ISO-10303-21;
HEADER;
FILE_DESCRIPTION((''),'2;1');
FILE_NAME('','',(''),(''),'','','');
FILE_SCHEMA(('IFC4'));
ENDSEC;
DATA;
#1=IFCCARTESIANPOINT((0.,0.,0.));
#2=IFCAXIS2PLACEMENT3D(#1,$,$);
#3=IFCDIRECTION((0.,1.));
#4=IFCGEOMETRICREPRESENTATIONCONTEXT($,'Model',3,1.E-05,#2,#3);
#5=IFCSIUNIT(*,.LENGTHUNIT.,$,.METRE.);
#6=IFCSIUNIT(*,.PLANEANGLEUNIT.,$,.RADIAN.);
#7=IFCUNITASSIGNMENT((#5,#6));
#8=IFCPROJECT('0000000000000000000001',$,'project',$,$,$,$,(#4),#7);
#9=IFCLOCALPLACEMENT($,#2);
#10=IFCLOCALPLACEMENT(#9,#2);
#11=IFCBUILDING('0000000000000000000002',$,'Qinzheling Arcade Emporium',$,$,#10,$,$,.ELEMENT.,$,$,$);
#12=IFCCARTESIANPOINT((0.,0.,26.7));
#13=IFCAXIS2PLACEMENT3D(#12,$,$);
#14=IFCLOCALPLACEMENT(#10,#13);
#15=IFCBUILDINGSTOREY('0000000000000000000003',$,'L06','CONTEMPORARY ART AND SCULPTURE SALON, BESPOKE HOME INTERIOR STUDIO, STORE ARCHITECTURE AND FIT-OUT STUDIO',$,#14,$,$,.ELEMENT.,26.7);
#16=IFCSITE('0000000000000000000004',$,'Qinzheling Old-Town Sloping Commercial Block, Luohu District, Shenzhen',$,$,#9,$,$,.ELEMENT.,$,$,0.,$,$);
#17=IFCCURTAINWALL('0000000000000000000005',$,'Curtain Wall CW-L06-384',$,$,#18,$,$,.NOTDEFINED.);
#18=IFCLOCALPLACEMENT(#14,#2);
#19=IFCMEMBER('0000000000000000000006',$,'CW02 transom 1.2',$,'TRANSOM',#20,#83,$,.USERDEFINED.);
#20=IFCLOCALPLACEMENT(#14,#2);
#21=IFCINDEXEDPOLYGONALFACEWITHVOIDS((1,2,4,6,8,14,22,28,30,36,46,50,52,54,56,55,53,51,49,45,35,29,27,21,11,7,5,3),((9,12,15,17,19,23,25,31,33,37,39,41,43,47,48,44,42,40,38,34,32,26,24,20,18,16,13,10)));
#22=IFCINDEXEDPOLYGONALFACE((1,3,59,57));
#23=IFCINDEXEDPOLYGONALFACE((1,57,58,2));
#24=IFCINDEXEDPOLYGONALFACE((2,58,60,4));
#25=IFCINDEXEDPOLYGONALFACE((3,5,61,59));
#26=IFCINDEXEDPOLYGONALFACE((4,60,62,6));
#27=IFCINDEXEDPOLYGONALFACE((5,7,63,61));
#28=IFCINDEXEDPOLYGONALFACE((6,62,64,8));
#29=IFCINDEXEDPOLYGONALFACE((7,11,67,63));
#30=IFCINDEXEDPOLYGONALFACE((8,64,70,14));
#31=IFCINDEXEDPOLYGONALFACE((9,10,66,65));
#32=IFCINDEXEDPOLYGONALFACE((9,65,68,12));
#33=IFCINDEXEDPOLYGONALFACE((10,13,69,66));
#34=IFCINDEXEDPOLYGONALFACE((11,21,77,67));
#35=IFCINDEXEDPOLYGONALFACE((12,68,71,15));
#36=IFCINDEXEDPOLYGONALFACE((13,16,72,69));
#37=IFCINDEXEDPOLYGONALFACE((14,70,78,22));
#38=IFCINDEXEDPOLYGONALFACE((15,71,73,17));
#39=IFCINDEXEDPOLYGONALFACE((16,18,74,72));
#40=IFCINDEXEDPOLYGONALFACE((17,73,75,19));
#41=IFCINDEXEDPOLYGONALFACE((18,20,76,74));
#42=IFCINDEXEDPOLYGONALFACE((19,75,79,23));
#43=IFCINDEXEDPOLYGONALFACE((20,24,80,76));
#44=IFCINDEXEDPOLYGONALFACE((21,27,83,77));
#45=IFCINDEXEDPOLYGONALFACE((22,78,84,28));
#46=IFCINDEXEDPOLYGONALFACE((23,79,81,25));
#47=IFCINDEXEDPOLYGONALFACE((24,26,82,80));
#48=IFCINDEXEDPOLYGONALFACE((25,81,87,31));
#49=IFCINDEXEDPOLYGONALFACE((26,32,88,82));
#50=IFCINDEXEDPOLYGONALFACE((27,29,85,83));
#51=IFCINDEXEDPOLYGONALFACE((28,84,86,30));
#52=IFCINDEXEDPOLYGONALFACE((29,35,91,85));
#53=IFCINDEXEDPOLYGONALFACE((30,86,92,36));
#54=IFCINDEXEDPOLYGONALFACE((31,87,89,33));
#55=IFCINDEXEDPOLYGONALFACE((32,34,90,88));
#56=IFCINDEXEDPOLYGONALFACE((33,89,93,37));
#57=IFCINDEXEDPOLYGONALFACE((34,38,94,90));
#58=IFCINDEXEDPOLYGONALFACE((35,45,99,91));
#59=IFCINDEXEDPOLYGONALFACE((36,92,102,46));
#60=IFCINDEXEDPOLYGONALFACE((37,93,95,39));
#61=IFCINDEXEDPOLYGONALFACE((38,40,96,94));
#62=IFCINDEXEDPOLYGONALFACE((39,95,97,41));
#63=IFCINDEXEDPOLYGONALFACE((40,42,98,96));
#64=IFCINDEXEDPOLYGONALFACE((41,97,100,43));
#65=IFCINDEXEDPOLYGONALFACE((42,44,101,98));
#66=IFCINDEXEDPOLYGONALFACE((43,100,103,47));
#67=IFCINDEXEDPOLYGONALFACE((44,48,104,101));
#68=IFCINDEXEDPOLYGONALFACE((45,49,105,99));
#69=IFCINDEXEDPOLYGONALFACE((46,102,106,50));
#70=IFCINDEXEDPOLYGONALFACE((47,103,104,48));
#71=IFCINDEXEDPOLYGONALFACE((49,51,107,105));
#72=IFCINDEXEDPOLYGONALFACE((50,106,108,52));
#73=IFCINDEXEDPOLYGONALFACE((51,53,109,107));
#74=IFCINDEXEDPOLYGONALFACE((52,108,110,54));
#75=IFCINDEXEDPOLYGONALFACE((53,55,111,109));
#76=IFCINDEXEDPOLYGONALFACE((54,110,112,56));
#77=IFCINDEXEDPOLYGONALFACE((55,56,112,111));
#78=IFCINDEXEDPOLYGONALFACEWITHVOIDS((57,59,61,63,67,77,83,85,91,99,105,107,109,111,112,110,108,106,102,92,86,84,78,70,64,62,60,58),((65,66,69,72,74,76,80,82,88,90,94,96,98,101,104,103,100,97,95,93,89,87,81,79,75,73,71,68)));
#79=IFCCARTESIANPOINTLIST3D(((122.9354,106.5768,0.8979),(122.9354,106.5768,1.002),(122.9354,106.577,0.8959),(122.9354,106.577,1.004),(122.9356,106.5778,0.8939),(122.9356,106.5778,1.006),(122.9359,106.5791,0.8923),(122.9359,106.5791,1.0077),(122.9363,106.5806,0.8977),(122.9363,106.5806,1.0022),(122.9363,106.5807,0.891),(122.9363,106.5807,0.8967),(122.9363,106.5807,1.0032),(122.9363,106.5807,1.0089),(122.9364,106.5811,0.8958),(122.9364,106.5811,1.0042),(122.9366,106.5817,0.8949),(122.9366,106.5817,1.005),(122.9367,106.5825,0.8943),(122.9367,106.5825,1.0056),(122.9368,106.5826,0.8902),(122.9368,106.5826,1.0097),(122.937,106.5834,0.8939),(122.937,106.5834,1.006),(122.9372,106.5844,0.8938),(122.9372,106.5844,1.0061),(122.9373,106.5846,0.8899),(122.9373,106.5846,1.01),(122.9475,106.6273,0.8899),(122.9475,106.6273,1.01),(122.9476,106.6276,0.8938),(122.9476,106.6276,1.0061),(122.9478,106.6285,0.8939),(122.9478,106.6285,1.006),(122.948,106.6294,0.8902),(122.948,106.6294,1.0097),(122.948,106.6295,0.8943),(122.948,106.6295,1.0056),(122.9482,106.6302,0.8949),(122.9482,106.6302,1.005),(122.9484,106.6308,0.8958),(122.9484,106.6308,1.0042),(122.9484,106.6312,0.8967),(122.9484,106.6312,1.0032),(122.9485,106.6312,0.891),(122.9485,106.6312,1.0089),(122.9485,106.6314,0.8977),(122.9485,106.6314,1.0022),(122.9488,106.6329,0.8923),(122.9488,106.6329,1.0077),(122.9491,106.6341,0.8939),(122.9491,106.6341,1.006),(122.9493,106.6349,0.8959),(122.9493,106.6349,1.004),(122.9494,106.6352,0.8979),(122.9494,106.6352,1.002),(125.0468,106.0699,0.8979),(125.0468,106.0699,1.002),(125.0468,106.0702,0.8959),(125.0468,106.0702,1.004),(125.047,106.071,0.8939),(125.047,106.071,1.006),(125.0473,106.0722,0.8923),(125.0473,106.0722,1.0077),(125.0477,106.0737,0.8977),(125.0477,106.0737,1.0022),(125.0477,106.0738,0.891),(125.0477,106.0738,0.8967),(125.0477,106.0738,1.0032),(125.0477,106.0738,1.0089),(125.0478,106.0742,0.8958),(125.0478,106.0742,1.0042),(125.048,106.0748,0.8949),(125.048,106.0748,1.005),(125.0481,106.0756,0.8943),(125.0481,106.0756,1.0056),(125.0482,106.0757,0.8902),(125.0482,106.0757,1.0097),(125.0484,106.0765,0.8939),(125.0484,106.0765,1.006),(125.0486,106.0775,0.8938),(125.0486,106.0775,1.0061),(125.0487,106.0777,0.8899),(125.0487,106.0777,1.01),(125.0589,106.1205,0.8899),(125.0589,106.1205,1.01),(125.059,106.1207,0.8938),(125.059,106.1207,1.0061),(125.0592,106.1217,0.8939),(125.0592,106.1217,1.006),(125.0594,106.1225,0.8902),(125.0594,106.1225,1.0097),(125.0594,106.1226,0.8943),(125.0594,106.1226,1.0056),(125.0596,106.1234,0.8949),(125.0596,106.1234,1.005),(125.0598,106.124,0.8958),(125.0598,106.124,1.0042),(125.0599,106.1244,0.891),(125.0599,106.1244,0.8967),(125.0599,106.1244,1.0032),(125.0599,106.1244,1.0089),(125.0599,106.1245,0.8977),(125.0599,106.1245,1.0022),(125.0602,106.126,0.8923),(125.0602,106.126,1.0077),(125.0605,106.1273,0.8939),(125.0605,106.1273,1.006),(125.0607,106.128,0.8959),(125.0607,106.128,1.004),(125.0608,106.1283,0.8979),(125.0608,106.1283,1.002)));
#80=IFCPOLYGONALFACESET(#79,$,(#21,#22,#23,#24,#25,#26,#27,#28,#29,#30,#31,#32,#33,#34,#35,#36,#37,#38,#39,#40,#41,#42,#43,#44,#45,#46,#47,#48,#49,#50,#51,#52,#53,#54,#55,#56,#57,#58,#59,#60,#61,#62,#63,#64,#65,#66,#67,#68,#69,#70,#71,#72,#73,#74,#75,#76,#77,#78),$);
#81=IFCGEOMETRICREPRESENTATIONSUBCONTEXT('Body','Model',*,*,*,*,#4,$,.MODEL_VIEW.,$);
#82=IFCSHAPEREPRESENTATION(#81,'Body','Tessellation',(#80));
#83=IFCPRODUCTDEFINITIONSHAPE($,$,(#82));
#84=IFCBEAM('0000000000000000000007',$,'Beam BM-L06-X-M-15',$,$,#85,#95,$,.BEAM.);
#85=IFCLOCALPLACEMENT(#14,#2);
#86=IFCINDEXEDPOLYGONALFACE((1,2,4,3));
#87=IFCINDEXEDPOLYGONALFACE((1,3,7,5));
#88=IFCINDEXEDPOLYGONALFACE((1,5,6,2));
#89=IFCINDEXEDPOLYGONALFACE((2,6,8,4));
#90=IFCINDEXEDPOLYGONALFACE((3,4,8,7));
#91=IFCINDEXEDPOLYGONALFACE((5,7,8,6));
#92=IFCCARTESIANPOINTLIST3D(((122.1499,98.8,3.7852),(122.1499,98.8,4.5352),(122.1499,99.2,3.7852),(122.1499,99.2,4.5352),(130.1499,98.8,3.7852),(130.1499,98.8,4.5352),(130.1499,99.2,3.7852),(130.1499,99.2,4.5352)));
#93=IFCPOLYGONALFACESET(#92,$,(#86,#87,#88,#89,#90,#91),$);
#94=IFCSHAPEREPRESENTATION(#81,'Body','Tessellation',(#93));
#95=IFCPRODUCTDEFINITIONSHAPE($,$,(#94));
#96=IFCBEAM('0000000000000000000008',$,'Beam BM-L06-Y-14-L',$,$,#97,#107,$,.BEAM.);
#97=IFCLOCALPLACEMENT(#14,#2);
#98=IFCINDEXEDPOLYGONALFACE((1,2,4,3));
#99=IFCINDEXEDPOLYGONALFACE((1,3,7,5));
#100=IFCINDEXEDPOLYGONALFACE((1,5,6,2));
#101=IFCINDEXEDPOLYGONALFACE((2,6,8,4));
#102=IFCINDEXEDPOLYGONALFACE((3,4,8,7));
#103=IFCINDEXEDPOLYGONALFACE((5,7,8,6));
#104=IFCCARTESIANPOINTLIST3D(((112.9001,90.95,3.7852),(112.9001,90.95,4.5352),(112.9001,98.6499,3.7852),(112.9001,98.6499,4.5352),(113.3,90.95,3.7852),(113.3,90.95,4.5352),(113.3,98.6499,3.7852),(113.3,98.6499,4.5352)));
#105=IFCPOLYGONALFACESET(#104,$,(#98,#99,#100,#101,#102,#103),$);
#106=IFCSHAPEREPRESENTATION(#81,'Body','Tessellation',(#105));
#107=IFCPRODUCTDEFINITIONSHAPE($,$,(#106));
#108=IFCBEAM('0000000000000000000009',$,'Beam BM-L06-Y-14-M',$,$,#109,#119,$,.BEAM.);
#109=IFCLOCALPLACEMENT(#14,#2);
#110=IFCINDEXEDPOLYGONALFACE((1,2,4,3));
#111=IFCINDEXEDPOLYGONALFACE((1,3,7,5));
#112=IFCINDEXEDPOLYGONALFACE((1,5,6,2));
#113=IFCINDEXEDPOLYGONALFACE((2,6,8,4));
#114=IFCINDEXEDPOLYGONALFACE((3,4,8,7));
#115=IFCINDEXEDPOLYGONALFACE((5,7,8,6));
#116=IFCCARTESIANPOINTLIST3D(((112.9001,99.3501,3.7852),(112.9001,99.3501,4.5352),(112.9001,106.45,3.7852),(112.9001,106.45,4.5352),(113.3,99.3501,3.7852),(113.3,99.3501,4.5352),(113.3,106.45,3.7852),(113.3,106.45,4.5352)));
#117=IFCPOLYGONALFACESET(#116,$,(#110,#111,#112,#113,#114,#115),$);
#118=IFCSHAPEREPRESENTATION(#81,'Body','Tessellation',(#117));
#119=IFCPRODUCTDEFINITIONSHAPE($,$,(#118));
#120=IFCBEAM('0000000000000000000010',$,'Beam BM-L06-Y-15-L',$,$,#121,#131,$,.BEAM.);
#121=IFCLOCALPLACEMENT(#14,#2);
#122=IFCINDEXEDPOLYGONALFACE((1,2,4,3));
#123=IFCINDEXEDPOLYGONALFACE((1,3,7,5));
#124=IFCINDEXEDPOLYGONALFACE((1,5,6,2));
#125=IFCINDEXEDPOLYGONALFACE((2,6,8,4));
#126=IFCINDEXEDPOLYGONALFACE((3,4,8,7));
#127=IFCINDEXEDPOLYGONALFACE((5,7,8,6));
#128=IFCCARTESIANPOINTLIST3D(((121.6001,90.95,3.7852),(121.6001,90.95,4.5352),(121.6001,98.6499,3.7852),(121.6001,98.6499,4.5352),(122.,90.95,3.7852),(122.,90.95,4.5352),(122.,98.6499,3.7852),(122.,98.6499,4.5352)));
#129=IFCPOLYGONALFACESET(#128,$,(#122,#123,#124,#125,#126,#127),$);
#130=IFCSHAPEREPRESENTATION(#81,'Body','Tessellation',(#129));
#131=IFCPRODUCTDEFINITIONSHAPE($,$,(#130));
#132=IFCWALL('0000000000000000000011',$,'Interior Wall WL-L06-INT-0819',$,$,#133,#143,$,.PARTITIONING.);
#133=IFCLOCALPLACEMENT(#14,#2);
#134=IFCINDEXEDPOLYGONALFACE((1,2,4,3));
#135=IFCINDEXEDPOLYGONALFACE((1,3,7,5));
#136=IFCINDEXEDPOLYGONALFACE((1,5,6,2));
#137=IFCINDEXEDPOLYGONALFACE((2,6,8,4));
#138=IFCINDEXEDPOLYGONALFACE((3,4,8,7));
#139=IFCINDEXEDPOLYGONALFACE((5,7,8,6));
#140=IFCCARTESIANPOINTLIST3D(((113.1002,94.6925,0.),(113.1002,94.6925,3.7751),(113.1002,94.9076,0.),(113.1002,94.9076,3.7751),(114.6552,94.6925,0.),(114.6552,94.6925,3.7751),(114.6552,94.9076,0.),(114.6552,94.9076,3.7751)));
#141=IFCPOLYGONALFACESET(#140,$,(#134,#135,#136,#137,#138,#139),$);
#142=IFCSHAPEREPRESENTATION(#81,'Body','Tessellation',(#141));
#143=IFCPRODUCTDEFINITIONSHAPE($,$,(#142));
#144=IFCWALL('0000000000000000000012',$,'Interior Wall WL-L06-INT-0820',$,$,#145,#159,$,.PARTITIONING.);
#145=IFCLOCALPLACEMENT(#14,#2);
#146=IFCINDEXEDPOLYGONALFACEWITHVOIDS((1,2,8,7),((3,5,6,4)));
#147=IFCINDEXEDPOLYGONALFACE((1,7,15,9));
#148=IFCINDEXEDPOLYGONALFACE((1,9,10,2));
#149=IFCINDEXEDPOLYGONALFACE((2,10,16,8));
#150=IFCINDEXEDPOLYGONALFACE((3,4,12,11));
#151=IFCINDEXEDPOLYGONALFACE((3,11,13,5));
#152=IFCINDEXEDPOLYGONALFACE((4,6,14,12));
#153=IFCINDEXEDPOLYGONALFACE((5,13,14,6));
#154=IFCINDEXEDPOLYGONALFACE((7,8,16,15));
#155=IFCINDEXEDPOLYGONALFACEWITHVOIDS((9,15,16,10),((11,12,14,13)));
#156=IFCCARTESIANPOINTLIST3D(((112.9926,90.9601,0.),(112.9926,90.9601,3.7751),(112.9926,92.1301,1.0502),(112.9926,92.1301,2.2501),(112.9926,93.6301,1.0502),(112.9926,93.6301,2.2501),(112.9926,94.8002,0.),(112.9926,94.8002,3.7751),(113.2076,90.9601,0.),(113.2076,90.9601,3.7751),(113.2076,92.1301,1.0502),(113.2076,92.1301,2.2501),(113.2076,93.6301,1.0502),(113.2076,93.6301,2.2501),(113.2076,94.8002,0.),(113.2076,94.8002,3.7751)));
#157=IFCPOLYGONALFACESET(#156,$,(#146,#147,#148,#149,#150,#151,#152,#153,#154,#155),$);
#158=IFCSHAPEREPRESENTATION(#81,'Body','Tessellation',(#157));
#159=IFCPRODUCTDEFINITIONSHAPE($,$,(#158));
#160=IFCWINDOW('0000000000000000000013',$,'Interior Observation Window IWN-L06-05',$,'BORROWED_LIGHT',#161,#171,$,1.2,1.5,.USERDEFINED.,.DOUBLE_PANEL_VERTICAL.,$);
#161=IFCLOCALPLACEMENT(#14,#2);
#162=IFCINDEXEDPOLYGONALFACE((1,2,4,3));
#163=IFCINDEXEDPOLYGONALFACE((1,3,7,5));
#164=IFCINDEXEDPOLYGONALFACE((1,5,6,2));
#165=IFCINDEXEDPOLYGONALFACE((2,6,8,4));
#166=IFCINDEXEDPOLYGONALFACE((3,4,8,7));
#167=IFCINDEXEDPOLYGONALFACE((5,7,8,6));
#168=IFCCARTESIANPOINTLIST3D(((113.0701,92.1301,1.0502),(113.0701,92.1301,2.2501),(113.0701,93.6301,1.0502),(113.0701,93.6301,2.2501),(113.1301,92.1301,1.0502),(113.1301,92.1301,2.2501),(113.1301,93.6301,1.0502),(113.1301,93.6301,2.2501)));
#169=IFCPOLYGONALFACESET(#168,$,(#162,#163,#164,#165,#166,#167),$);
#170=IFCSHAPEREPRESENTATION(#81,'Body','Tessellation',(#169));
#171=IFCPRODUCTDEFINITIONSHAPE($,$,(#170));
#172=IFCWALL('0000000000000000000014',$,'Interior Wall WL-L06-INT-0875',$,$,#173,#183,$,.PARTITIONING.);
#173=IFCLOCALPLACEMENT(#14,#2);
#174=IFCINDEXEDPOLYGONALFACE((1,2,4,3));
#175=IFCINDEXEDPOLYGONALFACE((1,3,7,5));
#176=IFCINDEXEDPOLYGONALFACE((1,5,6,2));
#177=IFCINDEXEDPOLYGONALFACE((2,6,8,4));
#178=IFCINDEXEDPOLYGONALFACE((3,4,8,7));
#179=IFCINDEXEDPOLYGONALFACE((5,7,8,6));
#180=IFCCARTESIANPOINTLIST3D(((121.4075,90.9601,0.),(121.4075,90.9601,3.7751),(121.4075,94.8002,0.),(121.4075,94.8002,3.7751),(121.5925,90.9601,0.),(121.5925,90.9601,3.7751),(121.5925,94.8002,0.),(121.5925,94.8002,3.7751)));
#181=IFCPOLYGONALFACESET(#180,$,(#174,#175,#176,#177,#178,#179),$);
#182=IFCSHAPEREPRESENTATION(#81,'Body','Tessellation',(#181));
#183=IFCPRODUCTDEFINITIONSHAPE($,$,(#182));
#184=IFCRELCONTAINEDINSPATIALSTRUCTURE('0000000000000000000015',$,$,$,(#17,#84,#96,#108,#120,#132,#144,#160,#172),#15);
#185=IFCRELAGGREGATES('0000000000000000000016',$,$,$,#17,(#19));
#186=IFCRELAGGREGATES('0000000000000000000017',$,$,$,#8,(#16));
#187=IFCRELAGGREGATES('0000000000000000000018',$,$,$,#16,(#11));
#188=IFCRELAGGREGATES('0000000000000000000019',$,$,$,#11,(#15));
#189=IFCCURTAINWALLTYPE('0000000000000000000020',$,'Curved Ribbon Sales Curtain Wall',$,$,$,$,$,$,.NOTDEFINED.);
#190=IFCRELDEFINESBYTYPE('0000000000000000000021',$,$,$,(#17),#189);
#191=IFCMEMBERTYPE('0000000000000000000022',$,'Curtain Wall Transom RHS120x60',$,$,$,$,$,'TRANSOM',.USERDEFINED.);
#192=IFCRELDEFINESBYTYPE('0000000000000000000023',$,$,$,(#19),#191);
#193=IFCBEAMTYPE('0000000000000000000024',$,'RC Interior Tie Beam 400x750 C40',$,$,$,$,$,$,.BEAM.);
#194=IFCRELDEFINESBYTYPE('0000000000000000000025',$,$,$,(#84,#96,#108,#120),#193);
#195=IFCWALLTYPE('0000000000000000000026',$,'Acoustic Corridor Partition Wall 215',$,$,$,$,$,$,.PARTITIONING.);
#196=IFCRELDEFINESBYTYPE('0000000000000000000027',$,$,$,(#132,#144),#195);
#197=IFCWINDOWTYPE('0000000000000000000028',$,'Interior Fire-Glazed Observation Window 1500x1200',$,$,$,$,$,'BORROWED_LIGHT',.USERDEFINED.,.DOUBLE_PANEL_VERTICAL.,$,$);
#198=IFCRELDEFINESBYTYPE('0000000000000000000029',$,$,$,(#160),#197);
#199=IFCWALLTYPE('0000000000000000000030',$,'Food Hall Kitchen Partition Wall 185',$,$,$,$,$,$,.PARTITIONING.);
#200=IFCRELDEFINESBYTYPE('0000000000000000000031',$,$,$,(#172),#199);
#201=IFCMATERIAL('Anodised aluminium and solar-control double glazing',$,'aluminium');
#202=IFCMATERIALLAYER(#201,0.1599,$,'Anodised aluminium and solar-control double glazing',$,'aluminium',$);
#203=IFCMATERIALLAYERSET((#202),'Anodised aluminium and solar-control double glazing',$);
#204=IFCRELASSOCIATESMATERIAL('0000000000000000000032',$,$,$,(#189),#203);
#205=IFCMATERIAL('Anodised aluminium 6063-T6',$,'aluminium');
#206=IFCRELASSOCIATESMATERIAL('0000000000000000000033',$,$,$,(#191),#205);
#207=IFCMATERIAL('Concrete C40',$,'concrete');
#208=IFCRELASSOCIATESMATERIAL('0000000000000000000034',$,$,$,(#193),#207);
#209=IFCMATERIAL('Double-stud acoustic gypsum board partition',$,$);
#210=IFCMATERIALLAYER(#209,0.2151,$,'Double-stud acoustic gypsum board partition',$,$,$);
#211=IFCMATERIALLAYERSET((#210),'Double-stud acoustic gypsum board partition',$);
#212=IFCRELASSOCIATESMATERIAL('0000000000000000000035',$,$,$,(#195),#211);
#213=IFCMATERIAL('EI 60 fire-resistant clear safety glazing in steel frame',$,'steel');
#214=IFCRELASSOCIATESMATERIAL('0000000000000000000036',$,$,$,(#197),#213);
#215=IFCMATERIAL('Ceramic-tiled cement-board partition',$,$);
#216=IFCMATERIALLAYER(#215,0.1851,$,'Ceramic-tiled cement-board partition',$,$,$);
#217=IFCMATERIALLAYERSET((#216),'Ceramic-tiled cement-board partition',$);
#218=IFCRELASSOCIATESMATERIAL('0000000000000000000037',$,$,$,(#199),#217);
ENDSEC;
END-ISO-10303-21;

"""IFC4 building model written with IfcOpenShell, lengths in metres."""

from ifc_helpers import new_model, si_unit, direction, frame, frame_2d, origin, origin_2d, place, context, subcontext, project, spatial, rectangle, hollow_rectangle, extrude, material, layer, layer_set, material_profile, profile_set, type_object, element, fill, aggregate, save


model = new_model("IFC4")

# Units and contexts
model_context = context("Model", 3, precision=1e-05, world=origin(), true_north=direction((0.0, 1.0)))
body_context = subcontext(model_context, "Body", "Model", "MODEL_VIEW")
ifc_project = project(units=[si_unit("LENGTHUNIT", "METRE"), si_unit("PLANEANGLEUNIT", "RADIAN")], contexts=[model_context])

# Site, building, storey
site_placement = place(None, origin())
site = spatial("IfcSite", under=ifc_project, at=site_placement, Name="Qinzheling Old-Town Sloping Commercial Block, Luohu District, Shenzhen", CompositionType="ELEMENT", RefElevation=0.0)
building_placement = place(site_placement, origin())
building = spatial("IfcBuilding", under=site, at=building_placement, Name="Qinzheling Arcade Emporium", CompositionType="ELEMENT")
storey_placement = place(building_placement, frame((0.0, 0.0, 26.7)))
storey = spatial("IfcBuildingStorey", under=building, at=storey_placement, Name="L06", Description="CONTEMPORARY ART AND SCULPTURE SALON, BESPOKE HOME INTERIOR STUDIO, STORE ARCHITECTURE AND FIT-OUT STUDIO", CompositionType="ELEMENT", Elevation=26.7)

# Shared definitions
ifc_material_1 = material(Name="Concrete C40", Category="concrete")

# Curtain wall, member
ifc_material_2 = material(Name="Anodised aluminium and solar-control double glazing", Category="aluminium")
ifc_layer_1 = layer(ifc_material_2, 0.1599, Name="Anodised aluminium and solar-control double glazing", Category="aluminium")
ifc_layer_set_1 = layer_set([ifc_layer_1], Name="Anodised aluminium and solar-control double glazing")
curtain_wall_type = type_object("IfcCurtainWallType", Name="Curved Ribbon Sales Curtain Wall", PredefinedType="NOTDEFINED", material=ifc_layer_set_1)
curtain_wall_placement = place(storey_placement, origin())
curtain_wall = element("IfcCurtainWall", 1, at=curtain_wall_placement, inside=storey, type_object=curtain_wall_type, Name="Curtain Wall CW-L06-384", PredefinedType="NOTDEFINED")
ifc_material_3 = material(Name="Anodised aluminium 6063-T6", Category="aluminium")
ifc_material_profile_1 = material_profile(ifc_material_3, hollow_rectangle(XDim=0.0601, YDim=0.1201, WallThickness=0.0039, InnerFilletRadius=0.0039, OuterFilletRadius=0.0081, at=origin_2d()), Name="RHS 120x60x4", Category="aluminium")
ifc_profile_set_1 = profile_set([ifc_material_profile_1], Name="Anodised aluminium 6063-T6")
member_type_1 = type_object("IfcMemberType", Name="Curtain Wall Transom RHS120x60", ElementType="TRANSOM", PredefinedType="USERDEFINED", material=ifc_profile_set_1)
member_1_placement = place(storey_placement, frame((122.9424, 106.606, 0.95), z_axis=(0.972375, -0.233424, 0.0), x_axis=(0.233424, 0.972375, 0.0)))
member_1 = element("IfcMember", 2, at=member_1_placement, type_object=member_type_1, Name="CW02 transom 1.2", ObjectType="TRANSOM", PredefinedType="USERDEFINED", context=body_context, shape_type="SweptSolid", body=[
    extrude(hollow_rectangle(XDim=0.0601, YDim=0.1201, WallThickness=0.0039, InnerFilletRadius=0.0039, OuterFilletRadius=0.0081, at=origin_2d()), origin(), (0.0, 0.0, 1.0), 2.1714),
])
aggregate(curtain_wall, [member_1])

# Beams
ifc_material_profile_2 = material_profile(ifc_material_1, rectangle(XDim=0.3999, YDim=0.75, at=origin_2d()), Name="RC 400x750", Category="concrete")
ifc_profile_set_2 = profile_set([ifc_material_profile_2], Name="Concrete C40")
beam_type = type_object("IfcBeamType", Name="RC Interior Tie Beam 400x750 C40", PredefinedType="BEAM", material=ifc_profile_set_2)
beam_1_placement = place(storey_placement, frame((122.1499, 99.0, 4.1602), z_axis=(1.0, 0.0, 0.0), x_axis=(0.0, 1.0, 0.0)))
element("IfcBeam", 3, at=beam_1_placement, inside=storey, type_object=beam_type, Name="Beam BM-L06-X-M-15", PredefinedType="BEAM", context=body_context, shape_type="SweptSolid", body=[
    extrude(rectangle(XDim=0.3999, YDim=0.75, at=origin_2d()), origin(), (0.0, 0.0, 1.0), 8.0),
])
beam_2_placement = place(storey_placement, frame((113.1001, 90.95, 4.1602), z_axis=(0.0, 1.0, 0.0), x_axis=(-1.0, 0.0, 0.0)))
element("IfcBeam", 4, at=beam_2_placement, inside=storey, type_object=beam_type, Name="Beam BM-L06-Y-14-L", PredefinedType="BEAM", context=body_context, shape_type="SweptSolid", body=[
    extrude(rectangle(XDim=0.3999, YDim=0.75, at=origin_2d()), origin(), (0.0, 0.0, 1.0), 7.7),
])
beam_3_placement = place(storey_placement, frame((113.1001, 99.3501, 4.1602), z_axis=(0.0, 1.0, 0.0), x_axis=(-1.0, 0.0, 0.0)))
element("IfcBeam", 5, at=beam_3_placement, inside=storey, type_object=beam_type, Name="Beam BM-L06-Y-14-M", PredefinedType="BEAM", context=body_context, shape_type="SweptSolid", body=[
    extrude(rectangle(XDim=0.3999, YDim=0.75, at=origin_2d()), origin(), (0.0, 0.0, 1.0), 7.0999),
])
beam_4_placement = place(storey_placement, frame((121.8, 90.95, 4.1602), z_axis=(0.0, 1.0, 0.0), x_axis=(-1.0, 0.0, 0.0)))
element("IfcBeam", 6, at=beam_4_placement, inside=storey, type_object=beam_type, Name="Beam BM-L06-Y-15-L", PredefinedType="BEAM", context=body_context, shape_type="SweptSolid", body=[
    extrude(rectangle(XDim=0.3999, YDim=0.75, at=origin_2d()), origin(), (0.0, 0.0, 1.0), 7.7),
])

# Wall
ifc_material_4 = material(Name="Double-stud acoustic gypsum board partition")
ifc_layer_2 = layer(ifc_material_4, 0.2151, Name="Double-stud acoustic gypsum board partition")
ifc_layer_set_2 = layer_set([ifc_layer_2], Name="Double-stud acoustic gypsum board partition")
wall_type_1 = type_object("IfcWallType", Name="Acoustic Corridor Partition Wall 215", PredefinedType="PARTITIONING", material=ifc_layer_set_2)
wall_1_placement = place(storey_placement, frame((114.655, 94.8, 0.0), z_axis=(0.0, 0.0, 1.0), x_axis=(-1.0, 0.0, 0.0)))
element("IfcWall", 7, at=wall_1_placement, inside=storey, type_object=wall_type_1, Name="Interior Wall WL-L06-INT-0819", PredefinedType="PARTITIONING", context=body_context, shape_type="SweptSolid", body=[
    extrude(rectangle(XDim=1.5549, YDim=0.2151, at=frame_2d((0.7773, 0.0))), origin(), (0.0, 0.0, 1.0), 3.7751),
])

# Wall, opening, window
wall_2_placement = place(storey_placement, frame((113.1001, 94.8, 0.0), z_axis=(0.0, 0.0, 1.0), x_axis=(0.0, -1.0, 0.0)))
wall_2 = element("IfcWall", 8, at=wall_2_placement, inside=storey, type_object=wall_type_1, Name="Interior Wall WL-L06-INT-0820", PredefinedType="PARTITIONING", context=body_context, shape_type="SweptSolid", body=[
    extrude(rectangle(XDim=3.8401, YDim=0.2151, at=frame_2d((1.9199, 0.0))), origin(), (0.0, 0.0, 1.0), 3.7751),
])
opening_1_placement = place(wall_2_placement, frame((1.1699, 0.0, 1.05)))
opening_1 = element("IfcOpeningElement", 9, at=opening_1_placement, cuts=wall_2, PredefinedType="OPENING", context=body_context, shape_type="SweptSolid", body=[
    extrude(rectangle(XDim=1.5, YDim=1.2, at=frame_2d((0.75, 0.6001))), frame((0.0, 0.1177, 0.0), z_axis=(0.0, -1.0, 0.0), x_axis=(1.0, 0.0, 0.0)), (0.0, 0.0, 1.0), 0.2351),
])
ifc_material_5 = material(Name="EI 60 fire-resistant clear safety glazing in steel frame", Category="steel")
window_type = type_object("IfcWindowType", Name="Interior Fire-Glazed Observation Window 1500x1200", ElementType="BORROWED_LIGHT", PartitioningType="DOUBLE_PANEL_VERTICAL", PredefinedType="USERDEFINED", material=ifc_material_5)
window_placement = place(opening_1_placement, origin())
window = element("IfcWindow", 10, at=window_placement, inside=storey, type_object=window_type, Name="Interior Observation Window IWN-L06-05", ObjectType="BORROWED_LIGHT", OverallHeight=1.2, OverallWidth=1.5, PartitioningType="DOUBLE_PANEL_VERTICAL", PredefinedType="USERDEFINED", context=body_context, shape_type="SweptSolid", body=[
    extrude(rectangle(XDim=1.5, YDim=1.2, at=frame_2d((0.75, 0.6001))), frame((0.0, 0.03, 0.0), z_axis=(0.0, -1.0, 0.0), x_axis=(1.0, 0.0, 0.0)), (0.0, 0.0, 1.0), 0.0601),
])
fill(opening_1, window)

# Wall
ifc_material_6 = material(Name="Ceramic-tiled cement-board partition")
ifc_layer_3 = layer(ifc_material_6, 0.1851, Name="Ceramic-tiled cement-board partition")
ifc_layer_set_3 = layer_set([ifc_layer_3], Name="Ceramic-tiled cement-board partition")
wall_type_2 = type_object("IfcWallType", Name="Food Hall Kitchen Partition Wall 185", PredefinedType="PARTITIONING", material=ifc_layer_set_3)
wall_3_placement = place(storey_placement, frame((121.5, 94.8, 0.0), z_axis=(0.0, 0.0, 1.0), x_axis=(0.0, -1.0, 0.0)))
element("IfcWall", 11, at=wall_3_placement, inside=storey, type_object=wall_type_2, Name="Interior Wall WL-L06-INT-0875", PredefinedType="PARTITIONING", context=body_context, shape_type="SweptSolid", body=[
    extrude(rectangle(XDim=3.8401, YDim=0.1851, at=frame_2d((1.9199, 0.0))), origin(), (0.0, 0.0, 1.0), 3.7751),
])

save(model, "model.ifc")
